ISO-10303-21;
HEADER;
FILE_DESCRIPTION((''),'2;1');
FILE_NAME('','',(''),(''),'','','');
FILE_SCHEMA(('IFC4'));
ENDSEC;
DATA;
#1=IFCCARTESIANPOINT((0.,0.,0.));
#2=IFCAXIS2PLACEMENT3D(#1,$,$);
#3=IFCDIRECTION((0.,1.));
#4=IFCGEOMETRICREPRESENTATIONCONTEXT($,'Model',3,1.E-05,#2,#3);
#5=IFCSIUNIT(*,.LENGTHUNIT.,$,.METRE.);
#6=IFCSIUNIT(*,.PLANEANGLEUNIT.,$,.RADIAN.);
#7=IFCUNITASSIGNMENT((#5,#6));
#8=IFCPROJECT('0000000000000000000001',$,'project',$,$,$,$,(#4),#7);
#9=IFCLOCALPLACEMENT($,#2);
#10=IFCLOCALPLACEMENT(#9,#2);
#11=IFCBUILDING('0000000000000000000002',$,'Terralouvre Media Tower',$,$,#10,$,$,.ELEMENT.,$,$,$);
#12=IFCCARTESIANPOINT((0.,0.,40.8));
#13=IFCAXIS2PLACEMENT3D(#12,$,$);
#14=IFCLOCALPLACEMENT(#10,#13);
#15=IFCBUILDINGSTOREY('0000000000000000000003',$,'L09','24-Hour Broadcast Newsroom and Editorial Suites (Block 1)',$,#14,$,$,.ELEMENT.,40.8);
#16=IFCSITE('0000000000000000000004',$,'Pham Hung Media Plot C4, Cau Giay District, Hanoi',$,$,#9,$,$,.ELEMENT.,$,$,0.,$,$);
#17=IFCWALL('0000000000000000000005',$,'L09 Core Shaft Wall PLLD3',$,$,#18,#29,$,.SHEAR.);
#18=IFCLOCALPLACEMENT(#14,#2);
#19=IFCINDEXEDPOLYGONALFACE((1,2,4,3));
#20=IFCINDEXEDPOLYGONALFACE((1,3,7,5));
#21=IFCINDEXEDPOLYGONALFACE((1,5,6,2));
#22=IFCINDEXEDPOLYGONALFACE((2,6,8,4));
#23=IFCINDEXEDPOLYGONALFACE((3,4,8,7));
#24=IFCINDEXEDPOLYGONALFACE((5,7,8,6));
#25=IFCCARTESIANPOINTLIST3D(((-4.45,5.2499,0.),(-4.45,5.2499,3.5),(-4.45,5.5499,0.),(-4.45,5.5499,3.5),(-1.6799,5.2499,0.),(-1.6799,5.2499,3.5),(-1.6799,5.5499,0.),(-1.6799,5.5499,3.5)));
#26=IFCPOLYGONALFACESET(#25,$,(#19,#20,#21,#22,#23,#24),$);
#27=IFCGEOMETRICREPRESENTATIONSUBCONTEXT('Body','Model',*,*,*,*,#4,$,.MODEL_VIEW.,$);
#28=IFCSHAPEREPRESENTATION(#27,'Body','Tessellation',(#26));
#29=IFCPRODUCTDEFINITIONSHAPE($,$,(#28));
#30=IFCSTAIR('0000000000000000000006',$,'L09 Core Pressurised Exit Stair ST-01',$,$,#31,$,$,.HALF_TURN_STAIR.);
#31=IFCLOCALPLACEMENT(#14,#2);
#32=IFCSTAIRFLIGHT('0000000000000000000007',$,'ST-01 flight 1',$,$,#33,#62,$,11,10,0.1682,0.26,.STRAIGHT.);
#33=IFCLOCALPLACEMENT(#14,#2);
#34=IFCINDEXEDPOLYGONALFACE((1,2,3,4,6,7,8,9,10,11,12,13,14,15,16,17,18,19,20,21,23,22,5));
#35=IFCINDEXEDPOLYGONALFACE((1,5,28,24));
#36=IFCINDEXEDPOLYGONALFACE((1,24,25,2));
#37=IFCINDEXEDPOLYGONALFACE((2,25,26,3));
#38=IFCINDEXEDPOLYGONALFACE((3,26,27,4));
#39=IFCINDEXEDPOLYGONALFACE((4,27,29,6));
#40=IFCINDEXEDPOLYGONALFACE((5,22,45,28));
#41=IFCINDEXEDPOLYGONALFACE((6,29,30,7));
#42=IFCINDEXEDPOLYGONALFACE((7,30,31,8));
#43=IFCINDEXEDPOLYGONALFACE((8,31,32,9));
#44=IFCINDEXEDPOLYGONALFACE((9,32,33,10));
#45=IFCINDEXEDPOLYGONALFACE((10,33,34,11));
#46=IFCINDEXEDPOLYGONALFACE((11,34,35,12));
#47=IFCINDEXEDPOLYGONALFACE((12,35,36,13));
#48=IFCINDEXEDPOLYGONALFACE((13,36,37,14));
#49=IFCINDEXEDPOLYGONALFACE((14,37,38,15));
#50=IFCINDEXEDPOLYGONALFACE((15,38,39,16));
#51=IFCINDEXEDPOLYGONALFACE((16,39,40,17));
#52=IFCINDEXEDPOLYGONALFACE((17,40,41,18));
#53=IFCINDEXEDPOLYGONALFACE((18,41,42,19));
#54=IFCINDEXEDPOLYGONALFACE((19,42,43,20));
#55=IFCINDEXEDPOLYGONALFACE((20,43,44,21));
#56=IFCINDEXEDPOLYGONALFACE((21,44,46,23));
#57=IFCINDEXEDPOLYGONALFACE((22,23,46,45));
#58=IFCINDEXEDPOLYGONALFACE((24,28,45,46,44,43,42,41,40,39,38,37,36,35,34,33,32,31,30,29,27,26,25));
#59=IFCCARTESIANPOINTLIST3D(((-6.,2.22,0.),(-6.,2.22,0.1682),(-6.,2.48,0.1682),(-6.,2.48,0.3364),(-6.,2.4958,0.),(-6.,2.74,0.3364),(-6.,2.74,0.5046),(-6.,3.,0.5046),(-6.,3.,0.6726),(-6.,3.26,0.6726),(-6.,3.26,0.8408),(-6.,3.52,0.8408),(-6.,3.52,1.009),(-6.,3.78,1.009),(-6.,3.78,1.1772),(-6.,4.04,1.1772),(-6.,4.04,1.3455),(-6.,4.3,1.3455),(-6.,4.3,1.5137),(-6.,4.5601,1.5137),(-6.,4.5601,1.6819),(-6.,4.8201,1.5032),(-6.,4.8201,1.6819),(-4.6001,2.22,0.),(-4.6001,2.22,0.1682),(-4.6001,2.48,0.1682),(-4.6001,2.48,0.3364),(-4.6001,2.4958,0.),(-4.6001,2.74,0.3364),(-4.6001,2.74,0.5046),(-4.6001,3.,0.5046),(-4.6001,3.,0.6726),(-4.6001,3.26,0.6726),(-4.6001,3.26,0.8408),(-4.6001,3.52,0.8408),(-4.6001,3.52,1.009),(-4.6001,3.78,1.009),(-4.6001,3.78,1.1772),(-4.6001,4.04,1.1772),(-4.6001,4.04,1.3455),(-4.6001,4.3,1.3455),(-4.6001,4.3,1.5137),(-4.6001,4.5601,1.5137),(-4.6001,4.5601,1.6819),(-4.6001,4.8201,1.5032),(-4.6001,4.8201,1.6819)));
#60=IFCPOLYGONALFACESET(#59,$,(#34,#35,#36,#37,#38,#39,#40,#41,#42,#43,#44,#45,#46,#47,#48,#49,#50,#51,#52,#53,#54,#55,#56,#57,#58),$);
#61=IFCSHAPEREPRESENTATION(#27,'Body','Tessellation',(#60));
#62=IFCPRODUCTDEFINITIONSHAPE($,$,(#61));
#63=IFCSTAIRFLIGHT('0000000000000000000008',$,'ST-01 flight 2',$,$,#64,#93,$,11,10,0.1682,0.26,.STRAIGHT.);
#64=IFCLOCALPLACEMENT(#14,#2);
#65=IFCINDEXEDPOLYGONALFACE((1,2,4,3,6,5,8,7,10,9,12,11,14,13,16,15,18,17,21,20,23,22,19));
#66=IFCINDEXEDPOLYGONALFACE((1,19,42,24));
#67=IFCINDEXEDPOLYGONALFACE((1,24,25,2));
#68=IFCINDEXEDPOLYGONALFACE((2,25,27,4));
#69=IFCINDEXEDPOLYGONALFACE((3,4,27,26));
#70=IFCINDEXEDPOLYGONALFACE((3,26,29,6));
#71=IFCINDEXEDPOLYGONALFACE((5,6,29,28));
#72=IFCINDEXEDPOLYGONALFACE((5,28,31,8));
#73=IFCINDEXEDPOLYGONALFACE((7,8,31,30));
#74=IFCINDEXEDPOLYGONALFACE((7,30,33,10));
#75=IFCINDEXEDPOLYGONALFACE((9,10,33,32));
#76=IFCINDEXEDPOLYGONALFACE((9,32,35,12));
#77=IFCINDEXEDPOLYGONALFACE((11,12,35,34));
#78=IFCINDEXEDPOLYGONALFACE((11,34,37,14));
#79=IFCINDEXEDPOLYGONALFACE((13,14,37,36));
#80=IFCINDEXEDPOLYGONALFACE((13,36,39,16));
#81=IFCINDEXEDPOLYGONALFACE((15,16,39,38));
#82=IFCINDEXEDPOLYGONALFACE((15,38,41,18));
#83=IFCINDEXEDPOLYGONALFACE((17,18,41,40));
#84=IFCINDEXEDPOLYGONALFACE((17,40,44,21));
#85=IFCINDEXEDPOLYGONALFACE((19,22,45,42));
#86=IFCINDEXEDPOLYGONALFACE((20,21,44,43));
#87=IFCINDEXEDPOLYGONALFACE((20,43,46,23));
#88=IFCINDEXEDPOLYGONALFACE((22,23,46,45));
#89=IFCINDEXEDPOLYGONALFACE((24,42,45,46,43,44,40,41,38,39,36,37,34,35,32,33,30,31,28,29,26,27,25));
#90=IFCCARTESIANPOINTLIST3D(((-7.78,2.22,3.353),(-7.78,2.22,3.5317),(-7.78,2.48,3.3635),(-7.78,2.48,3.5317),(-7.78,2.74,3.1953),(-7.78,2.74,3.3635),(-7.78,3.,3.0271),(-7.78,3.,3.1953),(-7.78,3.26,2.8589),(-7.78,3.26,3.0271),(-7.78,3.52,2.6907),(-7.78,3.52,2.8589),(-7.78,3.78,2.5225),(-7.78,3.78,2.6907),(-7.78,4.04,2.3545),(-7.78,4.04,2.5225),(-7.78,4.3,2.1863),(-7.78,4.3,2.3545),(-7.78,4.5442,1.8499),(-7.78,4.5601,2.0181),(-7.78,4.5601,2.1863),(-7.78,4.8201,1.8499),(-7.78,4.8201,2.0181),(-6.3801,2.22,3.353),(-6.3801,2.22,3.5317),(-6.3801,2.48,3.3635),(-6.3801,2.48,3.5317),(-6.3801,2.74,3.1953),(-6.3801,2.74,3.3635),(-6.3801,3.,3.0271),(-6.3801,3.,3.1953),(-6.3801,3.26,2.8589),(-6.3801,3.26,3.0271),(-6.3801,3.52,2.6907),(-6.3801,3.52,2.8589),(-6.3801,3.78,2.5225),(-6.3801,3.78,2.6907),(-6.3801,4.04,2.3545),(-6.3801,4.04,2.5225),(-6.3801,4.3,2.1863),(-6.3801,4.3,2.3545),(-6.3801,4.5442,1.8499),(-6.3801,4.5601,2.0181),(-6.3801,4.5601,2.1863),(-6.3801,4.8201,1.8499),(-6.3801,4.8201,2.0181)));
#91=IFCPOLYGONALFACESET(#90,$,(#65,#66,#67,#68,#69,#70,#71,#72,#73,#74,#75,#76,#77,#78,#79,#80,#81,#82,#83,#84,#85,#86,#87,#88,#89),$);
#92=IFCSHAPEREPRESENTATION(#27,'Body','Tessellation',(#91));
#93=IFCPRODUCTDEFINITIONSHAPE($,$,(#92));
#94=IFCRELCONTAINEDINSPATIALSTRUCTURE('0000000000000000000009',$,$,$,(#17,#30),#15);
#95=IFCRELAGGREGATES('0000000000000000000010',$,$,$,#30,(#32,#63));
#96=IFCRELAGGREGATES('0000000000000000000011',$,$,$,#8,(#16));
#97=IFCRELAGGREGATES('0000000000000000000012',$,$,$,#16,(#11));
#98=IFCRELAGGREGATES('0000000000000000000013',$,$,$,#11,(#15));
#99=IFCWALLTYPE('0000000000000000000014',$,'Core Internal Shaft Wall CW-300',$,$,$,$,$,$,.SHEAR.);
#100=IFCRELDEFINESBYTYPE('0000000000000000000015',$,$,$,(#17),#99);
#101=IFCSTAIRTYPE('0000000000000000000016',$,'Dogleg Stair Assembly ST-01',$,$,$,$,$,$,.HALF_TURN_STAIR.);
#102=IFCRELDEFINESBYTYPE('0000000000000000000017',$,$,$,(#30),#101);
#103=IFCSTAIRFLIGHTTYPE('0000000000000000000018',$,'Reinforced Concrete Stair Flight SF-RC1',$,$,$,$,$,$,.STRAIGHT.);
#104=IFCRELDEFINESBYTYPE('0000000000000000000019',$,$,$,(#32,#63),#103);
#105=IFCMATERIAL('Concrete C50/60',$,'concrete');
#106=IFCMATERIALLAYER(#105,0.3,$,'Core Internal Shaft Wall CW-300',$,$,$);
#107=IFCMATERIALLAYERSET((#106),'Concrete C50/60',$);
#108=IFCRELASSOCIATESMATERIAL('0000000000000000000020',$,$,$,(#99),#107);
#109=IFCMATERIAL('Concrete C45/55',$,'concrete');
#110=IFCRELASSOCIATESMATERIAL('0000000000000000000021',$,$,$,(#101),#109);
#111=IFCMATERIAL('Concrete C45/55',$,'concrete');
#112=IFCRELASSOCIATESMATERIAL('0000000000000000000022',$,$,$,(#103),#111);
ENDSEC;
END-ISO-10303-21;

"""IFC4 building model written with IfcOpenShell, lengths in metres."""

from ifc_helpers import new_model, si_unit, direction, frame, frame_2d, origin, place, context, subcontext, project, spatial, polyline, rectangle, outline, extrude, material, layer, layer_set, type_object, element, aggregate, save


model = new_model("IFC4")

# Units and contexts
model_context = context("Model", 3, precision=1e-05, world=origin(), true_north=direction((0.0, 1.0)))
body_context = subcontext(model_context, "Body", "Model", "MODEL_VIEW")
ifc_project = project(units=[si_unit("LENGTHUNIT", "METRE"), si_unit("PLANEANGLEUNIT", "RADIAN")], contexts=[model_context])

# Site, building, storey
site_placement = place(None, origin())
site = spatial("IfcSite", under=ifc_project, at=site_placement, Name="Pham Hung Media Plot C4, Cau Giay District, Hanoi", CompositionType="ELEMENT", RefElevation=0.0)
building_placement = place(site_placement, origin())
building = spatial("IfcBuilding", under=site, at=building_placement, Name="Terralouvre Media Tower", CompositionType="ELEMENT")
storey_placement = place(building_placement, frame((0.0, 0.0, 40.8)))
storey = spatial("IfcBuildingStorey", under=building, at=storey_placement, Name="L09", Description="24-Hour Broadcast Newsroom and Editorial Suites (Block 1)", CompositionType="ELEMENT", Elevation=40.8)

# Shared definitions
ifc_material_1 = material(Name="Concrete C50/60", Category="concrete")
ifc_layer_1 = layer(ifc_material_1, 0.3, Name="Core Internal Shaft Wall CW-300")
ifc_layer_set_1 = layer_set([ifc_layer_1], Name="Concrete C50/60")
wall_type_1 = type_object("IfcWallType", Name="Core Internal Shaft Wall CW-300", PredefinedType="SHEAR", material=ifc_layer_set_1)

# Wall
for number, where, z_axis, x_axis, name in (
    (1, (-4.45, 5.3999, 0.0), (0.0, 0.0, 1.0), (1.0, 0.0, 0.0), "L09 Core Shaft Wall PLLD3"),
):
    element("IfcWall", number, at=place(storey_placement, frame(where, z_axis=z_axis, x_axis=x_axis)), inside=storey, type_object=wall_type_1, Name=name, PredefinedType="SHEAR", context=body_context, shape_type="SweptSolid", body=[
        extrude(rectangle(XDim=2.77, YDim=0.3, at=frame_2d((1.385, 0.0))), origin(), (0.0, 0.0, 1.0), 3.5),
    ])

# Stair, stair flights
ifc_material_2 = material(Name="Concrete C45/55", Category="concrete")
stair_type = type_object("IfcStairType", Name="Dogleg Stair Assembly ST-01", PredefinedType="HALF_TURN_STAIR", material=ifc_material_2)
stair_placement = place(storey_placement, origin())
stair = element("IfcStair", 2, at=stair_placement, inside=storey, type_object=stair_type, Name="L09 Core Pressurised Exit Stair ST-01", PredefinedType="HALF_TURN_STAIR")
ifc_material_3 = material(Name="Concrete C45/55", Category="concrete")
stair_flight_type = type_object("IfcStairFlightType", Name="Reinforced Concrete Stair Flight SF-RC1", PredefinedType="STRAIGHT", material=ifc_material_3)
stair_flight_1_placement = place(storey_placement, frame((-5.3, 2.22, 0.0), z_axis=(0.0, 0.0, 1.0), x_axis=(0.0, 1.0, 0.0)))
stair_flight_1 = element("IfcStairFlight", 3, at=stair_flight_1_placement, type_object=stair_flight_type, Name="ST-01 flight 1", NumberOfRisers=11, NumberOfTreads=10, PredefinedType="STRAIGHT", RiserHeight=0.1682, TreadLength=0.26, context=body_context, shape_type="SweptSolid", body=[
    extrude(outline(polyline([(0.0, 0.0), (0.0, 0.1682), (0.26, 0.1682), (0.26, 0.3364), (0.52, 0.3364), (0.52, 0.5046), (0.78, 0.5046), (0.78, 0.6726), (1.04, 0.6726), (1.04, 0.8408), (1.3, 0.8408), (1.3, 1.009), (1.5601, 1.009), (1.5601, 1.1772), (1.8201, 1.1772), (1.8201, 1.3455), (2.0801, 1.3455), (2.0801, 1.5137), (2.3401, 1.5137), (2.3401, 1.6819), (2.6001, 1.6819), (2.6001, 1.8501), (2.6001, 1.5032), (0.2759, 0.0), (0.0, 0.0)])), frame((0.0, 0.7, 0.0), z_axis=(0.0, -1.0, 0.0), x_axis=(1.0, 0.0, 0.0)), (0.0, 0.0, 1.0), 1.3999),
])
stair_flight_2_placement = place(storey_placement, frame((-7.0801, 4.8201, 1.8499), z_axis=(0.0, 0.0, 1.0), x_axis=(0.0, -1.0, 0.0)))
stair_flight_2 = element("IfcStairFlight", 4, at=stair_flight_2_placement, type_object=stair_flight_type, Name="ST-01 flight 2", NumberOfRisers=11, NumberOfTreads=10, PredefinedType="STRAIGHT", RiserHeight=0.1682, TreadLength=0.26, context=body_context, shape_type="SweptSolid", body=[
    extrude(outline(polyline([(0.0, 0.0), (0.0, 0.1682), (0.26, 0.1682), (0.26, 0.3364), (0.52, 0.3364), (0.52, 0.5046), (0.78, 0.5046), (0.78, 0.6726), (1.04, 0.6726), (1.04, 0.8408), (1.3, 0.8408), (1.3, 1.009), (1.5601, 1.009), (1.5601, 1.1772), (1.8201, 1.1772), (1.8201, 1.3455), (2.0801, 1.3455), (2.0801, 1.5137), (2.3401, 1.5137), (2.3401, 1.6819), (2.6001, 1.6819), (2.6001, 1.8501), (2.6001, 1.5032), (0.2759, 0.0), (0.0, 0.0)])), frame((0.0, 0.7, 0.0), z_axis=(0.0, -1.0, 0.0), x_axis=(1.0, 0.0, 0.0)), (0.0, 0.0, 1.0), 1.3999),
])
aggregate(stair, [stair_flight_1, stair_flight_2])

save(model, "model.ifc")
